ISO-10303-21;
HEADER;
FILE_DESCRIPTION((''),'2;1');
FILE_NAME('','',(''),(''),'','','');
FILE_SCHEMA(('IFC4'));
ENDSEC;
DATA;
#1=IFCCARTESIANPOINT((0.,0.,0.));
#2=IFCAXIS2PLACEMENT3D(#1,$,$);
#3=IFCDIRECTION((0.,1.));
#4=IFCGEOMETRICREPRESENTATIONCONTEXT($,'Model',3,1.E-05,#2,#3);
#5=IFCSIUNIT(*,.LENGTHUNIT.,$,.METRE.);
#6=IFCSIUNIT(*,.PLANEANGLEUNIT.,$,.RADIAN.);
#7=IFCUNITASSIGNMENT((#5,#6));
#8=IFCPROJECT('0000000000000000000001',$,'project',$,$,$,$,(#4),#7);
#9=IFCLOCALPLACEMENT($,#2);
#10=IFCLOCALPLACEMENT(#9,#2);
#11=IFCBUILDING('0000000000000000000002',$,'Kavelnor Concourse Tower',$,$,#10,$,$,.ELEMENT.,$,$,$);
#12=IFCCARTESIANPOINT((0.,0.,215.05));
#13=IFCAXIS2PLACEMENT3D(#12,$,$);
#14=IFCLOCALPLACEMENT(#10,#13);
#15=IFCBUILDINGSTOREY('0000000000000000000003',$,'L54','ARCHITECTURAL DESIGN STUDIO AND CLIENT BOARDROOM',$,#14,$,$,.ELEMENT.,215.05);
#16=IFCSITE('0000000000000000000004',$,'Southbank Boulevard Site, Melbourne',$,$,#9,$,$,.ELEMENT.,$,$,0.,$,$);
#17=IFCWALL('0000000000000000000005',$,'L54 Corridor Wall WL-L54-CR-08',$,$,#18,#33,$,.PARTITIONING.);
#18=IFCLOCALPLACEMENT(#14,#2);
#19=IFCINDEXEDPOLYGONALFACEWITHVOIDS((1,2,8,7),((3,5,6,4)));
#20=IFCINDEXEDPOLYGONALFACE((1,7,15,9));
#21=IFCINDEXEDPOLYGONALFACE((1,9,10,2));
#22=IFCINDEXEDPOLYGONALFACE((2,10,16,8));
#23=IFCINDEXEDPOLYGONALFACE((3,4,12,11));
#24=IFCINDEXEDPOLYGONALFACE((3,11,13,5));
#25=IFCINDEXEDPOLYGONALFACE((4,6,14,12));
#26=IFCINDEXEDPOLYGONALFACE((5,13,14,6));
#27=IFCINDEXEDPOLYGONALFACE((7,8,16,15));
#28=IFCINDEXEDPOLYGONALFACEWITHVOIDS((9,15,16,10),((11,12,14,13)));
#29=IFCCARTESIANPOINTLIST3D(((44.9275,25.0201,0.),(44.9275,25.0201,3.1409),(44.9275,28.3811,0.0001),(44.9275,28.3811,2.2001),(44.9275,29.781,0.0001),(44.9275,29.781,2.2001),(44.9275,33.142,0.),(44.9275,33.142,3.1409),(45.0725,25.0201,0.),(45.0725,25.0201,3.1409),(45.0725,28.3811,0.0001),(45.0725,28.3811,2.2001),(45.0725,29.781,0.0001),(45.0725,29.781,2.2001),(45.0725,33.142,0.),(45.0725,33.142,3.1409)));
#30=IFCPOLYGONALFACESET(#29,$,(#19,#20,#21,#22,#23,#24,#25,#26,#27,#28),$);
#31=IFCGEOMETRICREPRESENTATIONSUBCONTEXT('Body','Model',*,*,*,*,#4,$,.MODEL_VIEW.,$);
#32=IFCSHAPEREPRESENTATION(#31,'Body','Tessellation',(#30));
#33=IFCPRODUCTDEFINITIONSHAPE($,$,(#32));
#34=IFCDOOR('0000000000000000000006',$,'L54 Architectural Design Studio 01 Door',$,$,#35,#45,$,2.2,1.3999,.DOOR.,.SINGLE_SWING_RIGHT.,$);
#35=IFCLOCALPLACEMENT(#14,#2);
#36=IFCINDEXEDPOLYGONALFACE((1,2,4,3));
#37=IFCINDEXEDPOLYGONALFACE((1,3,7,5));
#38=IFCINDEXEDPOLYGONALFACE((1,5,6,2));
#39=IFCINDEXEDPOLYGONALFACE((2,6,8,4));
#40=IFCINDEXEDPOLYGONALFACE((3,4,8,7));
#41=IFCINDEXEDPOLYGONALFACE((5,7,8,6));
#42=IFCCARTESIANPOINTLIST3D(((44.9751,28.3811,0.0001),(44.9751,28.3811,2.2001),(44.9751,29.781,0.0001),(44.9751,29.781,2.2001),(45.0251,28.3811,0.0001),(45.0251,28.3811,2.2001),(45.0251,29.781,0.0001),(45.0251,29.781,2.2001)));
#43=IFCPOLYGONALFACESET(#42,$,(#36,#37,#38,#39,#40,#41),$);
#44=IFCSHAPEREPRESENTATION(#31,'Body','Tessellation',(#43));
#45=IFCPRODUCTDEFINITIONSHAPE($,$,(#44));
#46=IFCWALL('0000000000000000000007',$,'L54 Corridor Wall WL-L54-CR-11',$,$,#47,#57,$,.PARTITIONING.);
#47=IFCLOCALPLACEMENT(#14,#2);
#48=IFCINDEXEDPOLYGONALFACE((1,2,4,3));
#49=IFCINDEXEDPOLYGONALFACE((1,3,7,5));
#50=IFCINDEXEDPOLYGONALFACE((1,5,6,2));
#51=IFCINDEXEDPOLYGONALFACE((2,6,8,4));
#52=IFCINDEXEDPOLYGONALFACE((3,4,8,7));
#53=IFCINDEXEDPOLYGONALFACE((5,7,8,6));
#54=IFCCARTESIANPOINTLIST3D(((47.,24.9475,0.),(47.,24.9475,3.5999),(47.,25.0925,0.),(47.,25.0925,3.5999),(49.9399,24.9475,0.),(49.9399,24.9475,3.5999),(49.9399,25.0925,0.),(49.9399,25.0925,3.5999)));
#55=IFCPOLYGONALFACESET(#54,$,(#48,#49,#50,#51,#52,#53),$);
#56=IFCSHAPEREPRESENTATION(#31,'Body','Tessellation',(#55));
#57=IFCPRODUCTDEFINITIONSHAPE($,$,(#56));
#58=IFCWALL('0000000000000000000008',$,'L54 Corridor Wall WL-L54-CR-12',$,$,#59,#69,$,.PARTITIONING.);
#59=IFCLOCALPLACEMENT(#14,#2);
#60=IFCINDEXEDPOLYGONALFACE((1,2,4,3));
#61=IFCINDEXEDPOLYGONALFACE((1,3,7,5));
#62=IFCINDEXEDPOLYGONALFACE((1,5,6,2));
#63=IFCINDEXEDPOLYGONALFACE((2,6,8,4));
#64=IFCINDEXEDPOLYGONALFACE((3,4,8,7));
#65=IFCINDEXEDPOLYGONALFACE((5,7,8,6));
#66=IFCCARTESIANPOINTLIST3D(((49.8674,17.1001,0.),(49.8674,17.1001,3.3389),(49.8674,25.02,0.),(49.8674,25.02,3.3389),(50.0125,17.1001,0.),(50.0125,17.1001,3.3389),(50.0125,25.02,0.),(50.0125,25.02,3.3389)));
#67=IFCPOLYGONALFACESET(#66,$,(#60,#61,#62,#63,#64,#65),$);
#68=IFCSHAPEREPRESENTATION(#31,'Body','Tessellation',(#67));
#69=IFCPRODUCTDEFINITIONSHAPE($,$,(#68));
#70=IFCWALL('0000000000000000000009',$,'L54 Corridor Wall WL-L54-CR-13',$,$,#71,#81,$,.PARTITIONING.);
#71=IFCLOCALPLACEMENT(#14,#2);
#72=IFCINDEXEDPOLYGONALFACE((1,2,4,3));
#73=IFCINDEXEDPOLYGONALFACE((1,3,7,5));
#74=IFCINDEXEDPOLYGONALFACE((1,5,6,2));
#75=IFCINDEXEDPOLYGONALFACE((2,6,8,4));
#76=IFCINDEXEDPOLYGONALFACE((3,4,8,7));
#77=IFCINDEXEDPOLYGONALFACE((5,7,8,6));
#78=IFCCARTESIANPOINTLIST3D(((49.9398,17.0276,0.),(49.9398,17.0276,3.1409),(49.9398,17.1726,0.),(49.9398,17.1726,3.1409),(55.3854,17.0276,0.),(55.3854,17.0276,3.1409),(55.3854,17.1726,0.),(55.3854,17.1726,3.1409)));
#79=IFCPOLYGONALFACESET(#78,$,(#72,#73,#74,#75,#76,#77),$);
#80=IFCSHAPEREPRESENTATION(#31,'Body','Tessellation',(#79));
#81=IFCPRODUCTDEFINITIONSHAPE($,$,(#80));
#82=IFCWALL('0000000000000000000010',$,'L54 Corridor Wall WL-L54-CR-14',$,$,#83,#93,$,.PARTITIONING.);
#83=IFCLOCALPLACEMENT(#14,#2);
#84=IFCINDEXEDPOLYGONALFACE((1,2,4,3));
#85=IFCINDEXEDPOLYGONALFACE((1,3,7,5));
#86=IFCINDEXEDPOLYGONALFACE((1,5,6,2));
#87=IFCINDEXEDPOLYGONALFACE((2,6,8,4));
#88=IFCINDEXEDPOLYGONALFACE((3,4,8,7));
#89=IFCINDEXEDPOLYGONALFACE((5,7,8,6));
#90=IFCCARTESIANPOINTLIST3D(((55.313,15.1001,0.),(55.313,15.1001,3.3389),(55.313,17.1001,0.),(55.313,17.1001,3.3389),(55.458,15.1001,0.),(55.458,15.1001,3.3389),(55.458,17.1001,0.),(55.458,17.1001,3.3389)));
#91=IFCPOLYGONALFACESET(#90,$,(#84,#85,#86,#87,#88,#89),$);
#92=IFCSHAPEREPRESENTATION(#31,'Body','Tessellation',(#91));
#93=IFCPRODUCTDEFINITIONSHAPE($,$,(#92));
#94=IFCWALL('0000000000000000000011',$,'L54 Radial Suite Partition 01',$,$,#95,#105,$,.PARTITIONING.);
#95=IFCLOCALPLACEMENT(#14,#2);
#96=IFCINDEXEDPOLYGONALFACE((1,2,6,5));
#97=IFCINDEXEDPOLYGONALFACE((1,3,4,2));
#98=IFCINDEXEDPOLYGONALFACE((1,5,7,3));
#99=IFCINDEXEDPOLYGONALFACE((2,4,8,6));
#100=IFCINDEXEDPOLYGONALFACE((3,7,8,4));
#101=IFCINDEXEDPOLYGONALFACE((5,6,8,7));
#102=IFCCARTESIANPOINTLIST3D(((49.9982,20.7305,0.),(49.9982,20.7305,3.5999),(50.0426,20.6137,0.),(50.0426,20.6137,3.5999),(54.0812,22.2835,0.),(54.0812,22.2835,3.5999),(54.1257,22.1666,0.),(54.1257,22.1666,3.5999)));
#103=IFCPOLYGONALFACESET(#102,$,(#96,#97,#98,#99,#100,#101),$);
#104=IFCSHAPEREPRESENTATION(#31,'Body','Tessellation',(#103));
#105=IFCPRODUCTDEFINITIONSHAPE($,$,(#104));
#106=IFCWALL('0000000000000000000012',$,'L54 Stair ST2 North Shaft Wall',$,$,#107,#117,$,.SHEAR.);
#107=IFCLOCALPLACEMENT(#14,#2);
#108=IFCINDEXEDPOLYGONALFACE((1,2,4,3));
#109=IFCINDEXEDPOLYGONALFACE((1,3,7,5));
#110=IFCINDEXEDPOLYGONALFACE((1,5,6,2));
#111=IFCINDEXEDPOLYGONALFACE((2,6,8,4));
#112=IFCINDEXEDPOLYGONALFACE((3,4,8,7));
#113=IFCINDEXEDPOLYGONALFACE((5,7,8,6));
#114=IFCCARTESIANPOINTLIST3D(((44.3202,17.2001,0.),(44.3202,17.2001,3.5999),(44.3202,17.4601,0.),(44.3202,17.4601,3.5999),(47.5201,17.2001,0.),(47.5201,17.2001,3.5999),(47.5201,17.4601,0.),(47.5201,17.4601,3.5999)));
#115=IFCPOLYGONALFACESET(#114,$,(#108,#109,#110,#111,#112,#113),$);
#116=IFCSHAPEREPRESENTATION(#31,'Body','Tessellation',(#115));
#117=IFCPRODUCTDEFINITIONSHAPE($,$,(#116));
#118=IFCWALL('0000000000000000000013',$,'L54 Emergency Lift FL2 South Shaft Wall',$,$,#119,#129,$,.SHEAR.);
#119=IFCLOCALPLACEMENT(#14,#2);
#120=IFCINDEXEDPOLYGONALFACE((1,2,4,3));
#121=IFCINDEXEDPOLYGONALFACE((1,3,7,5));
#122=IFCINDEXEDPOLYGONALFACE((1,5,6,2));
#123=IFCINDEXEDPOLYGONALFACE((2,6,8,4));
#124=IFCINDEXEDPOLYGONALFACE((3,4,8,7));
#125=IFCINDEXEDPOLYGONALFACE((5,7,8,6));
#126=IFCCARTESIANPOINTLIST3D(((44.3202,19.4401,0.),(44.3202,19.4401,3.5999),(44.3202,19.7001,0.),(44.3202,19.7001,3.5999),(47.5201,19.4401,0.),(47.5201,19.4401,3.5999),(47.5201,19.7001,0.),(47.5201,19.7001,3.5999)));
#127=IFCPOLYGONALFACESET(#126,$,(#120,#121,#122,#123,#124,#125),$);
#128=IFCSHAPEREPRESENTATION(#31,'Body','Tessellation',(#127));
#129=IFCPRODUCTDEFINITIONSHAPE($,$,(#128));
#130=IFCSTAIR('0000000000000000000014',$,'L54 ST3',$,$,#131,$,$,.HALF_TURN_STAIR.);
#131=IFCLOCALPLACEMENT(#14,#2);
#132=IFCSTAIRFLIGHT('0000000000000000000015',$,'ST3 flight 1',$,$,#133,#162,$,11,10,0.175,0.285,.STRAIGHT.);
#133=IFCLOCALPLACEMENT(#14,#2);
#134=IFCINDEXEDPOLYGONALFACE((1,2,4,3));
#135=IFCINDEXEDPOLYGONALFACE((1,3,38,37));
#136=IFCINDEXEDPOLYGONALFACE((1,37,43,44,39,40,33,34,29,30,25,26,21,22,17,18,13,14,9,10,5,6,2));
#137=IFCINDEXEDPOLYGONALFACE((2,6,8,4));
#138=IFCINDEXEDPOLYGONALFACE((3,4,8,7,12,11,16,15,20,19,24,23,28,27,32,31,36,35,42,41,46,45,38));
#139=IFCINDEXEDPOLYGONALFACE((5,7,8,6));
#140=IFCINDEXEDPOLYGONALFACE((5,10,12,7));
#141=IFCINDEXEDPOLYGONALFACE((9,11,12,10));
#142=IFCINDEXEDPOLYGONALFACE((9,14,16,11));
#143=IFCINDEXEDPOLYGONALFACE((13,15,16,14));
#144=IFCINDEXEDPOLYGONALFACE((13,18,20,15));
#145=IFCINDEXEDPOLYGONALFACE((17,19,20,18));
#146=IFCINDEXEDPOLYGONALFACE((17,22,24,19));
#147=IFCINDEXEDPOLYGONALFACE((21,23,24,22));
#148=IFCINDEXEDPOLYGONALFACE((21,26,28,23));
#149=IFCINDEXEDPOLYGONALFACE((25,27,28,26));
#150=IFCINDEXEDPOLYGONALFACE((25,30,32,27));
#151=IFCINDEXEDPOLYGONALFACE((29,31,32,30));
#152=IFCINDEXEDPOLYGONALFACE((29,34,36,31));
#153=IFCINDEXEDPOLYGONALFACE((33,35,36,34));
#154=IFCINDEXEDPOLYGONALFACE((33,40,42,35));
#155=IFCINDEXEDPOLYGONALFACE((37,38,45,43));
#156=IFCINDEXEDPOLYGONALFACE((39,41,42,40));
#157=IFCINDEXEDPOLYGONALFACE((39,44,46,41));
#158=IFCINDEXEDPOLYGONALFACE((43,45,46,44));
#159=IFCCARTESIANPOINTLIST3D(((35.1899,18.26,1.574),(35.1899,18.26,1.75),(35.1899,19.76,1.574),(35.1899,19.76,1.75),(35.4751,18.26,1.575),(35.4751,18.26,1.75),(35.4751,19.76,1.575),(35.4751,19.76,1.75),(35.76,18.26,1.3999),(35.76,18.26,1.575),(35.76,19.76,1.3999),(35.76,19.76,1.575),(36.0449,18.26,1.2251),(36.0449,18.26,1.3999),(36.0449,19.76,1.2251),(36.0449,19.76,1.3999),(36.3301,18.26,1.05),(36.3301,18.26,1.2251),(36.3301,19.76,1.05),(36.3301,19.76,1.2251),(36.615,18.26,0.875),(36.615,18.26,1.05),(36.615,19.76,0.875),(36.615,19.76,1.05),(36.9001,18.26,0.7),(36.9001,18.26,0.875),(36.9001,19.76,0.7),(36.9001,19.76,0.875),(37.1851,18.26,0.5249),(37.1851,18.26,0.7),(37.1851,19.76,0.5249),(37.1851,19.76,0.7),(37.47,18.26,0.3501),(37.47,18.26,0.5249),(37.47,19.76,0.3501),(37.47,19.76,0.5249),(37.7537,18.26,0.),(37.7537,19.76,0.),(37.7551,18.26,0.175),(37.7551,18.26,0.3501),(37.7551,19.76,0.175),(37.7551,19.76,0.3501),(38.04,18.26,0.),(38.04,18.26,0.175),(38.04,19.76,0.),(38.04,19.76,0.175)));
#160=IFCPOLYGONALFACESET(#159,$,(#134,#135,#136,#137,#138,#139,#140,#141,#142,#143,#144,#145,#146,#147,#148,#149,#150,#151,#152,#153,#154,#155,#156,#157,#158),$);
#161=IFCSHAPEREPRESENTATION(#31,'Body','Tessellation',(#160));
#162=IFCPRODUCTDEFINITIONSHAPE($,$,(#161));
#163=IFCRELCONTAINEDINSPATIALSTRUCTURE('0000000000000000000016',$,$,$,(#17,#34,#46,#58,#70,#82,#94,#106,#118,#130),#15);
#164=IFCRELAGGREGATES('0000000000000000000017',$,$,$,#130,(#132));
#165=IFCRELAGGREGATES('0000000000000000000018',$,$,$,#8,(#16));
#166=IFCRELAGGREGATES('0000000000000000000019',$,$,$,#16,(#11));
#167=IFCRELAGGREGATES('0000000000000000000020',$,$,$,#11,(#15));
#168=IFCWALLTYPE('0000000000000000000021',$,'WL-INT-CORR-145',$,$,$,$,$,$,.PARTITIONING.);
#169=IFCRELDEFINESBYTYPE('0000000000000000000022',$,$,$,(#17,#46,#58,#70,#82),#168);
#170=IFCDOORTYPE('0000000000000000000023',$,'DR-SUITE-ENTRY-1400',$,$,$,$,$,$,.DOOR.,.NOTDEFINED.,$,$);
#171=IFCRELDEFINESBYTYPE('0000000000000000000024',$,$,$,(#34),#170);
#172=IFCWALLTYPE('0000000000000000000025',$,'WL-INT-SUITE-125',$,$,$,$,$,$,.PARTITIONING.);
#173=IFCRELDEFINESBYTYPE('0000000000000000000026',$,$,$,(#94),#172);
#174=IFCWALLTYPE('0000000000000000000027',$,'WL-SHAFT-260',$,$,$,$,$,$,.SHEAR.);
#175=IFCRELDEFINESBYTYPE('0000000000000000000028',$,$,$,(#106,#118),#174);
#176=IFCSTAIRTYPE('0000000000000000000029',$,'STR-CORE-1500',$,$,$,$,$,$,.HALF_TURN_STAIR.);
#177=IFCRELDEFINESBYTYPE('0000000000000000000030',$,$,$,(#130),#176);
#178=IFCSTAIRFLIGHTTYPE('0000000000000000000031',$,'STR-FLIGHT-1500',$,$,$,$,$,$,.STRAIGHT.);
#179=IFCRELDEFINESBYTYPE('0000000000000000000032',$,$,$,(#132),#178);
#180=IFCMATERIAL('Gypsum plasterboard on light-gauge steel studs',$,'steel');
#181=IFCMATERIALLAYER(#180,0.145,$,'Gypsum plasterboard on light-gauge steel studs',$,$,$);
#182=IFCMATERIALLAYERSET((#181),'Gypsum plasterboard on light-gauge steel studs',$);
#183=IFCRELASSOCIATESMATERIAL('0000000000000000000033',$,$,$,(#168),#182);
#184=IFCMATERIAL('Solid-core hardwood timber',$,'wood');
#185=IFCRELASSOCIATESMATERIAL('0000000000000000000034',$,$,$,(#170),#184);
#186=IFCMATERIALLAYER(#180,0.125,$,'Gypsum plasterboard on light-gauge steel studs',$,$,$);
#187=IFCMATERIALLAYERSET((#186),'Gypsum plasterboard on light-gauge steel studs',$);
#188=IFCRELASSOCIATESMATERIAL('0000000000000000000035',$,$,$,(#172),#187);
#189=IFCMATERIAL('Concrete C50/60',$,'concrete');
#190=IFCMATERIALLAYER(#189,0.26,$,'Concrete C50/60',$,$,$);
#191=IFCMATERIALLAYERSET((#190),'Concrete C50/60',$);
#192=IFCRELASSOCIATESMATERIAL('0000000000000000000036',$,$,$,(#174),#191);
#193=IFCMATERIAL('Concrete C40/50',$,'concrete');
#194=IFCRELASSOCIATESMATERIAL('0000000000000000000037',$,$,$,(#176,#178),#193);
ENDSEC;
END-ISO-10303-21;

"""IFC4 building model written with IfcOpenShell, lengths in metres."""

from ifc_helpers import new_model, si_unit, direction, frame, frame_2d, origin, place, context, subcontext, project, spatial, polyline, rectangle, outline, extrude, material, layer, layer_set, type_object, element, fill, aggregate, save


model = new_model("IFC4")

# Units and contexts
model_context = context("Model", 3, precision=1e-05, world=origin(), true_north=direction((0.0, 1.0)))
body_context = subcontext(model_context, "Body", "Model", "MODEL_VIEW")
ifc_project = project(units=[si_unit("LENGTHUNIT", "METRE"), si_unit("PLANEANGLEUNIT", "RADIAN")], contexts=[model_context])

# Site, building, storey
site_placement = place(None, origin())
site = spatial("IfcSite", under=ifc_project, at=site_placement, Name="Southbank Boulevard Site, Melbourne", CompositionType="ELEMENT", RefElevation=0.0)
building_placement = place(site_placement, origin())
building = spatial("IfcBuilding", under=site, at=building_placement, Name="Kavelnor Concourse Tower", CompositionType="ELEMENT")
storey_placement = place(building_placement, frame((0.0, 0.0, 215.05)))
storey = spatial("IfcBuildingStorey", under=building, at=storey_placement, Name="L54", Description="ARCHITECTURAL DESIGN STUDIO AND CLIENT BOARDROOM", CompositionType="ELEMENT", Elevation=215.05)

# Wall, opening, door
ifc_material_1 = material(Name="Gypsum plasterboard on light-gauge steel studs", Category="steel")
ifc_layer_1 = layer(ifc_material_1, 0.145, Name="Gypsum plasterboard on light-gauge steel studs")
ifc_layer_set_1 = layer_set([ifc_layer_1], Name="Gypsum plasterboard on light-gauge steel studs")
wall_type_1 = type_object("IfcWallType", Name="WL-INT-CORR-145", PredefinedType="PARTITIONING", material=ifc_layer_set_1)
wall_1_placement = place(storey_placement, frame((45.0, 25.02, 0.0), z_axis=(0.0, 0.0, 1.0), x_axis=(0.0, 1.0, 0.0)))
wall_1 = element("IfcWall", 1, at=wall_1_placement, inside=storey, type_object=wall_type_1, Name="L54 Corridor Wall WL-L54-CR-08", PredefinedType="PARTITIONING", context=body_context, shape_type="SweptSolid", body=[
    extrude(rectangle(XDim=8.1218, YDim=0.145, at=frame_2d((4.061, 0.0))), origin(), (0.0, 0.0, 1.0), 3.1409),
])
opening_placement = place(wall_1_placement, frame((3.3611, 0.0, 0.0)))
opening = element("IfcOpeningElement", 2, at=opening_placement, cuts=wall_1, PredefinedType="OPENING", context=body_context, shape_type="SweptSolid", body=[
    extrude(rectangle(XDim=1.3999, YDim=2.2, at=frame_2d((0.7, 1.1001))), frame((0.0, 0.0825, 0.0), z_axis=(0.0, -1.0, 0.0), x_axis=(1.0, 0.0, 0.0)), (0.0, 0.0, 1.0), 0.165),
])
ifc_material_2 = material(Name="Solid-core hardwood timber", Category="wood")
door_type = type_object("IfcDoorType", Name="DR-SUITE-ENTRY-1400", OperationType="NOTDEFINED", PredefinedType="DOOR", material=ifc_material_2)
door_placement = place(opening_placement, origin())
door = element("IfcDoor", 3, at=door_placement, inside=storey, type_object=door_type, Name="L54 Architectural Design Studio 01 Door", OperationType="SINGLE_SWING_RIGHT", OverallHeight=2.2, OverallWidth=1.3999, PredefinedType="DOOR", context=body_context, shape_type="SweptSolid", body=[
    extrude(rectangle(XDim=1.3999, YDim=2.2, at=frame_2d((0.7, 1.1001))), frame((0.0, 0.0249, 0.0), z_axis=(0.0, -1.0, 0.0), x_axis=(1.0, 0.0, 0.0)), (0.0, 0.0, 1.0), 0.05),
])
fill(opening, door)

# Walls
wall_2_placement = place(storey_placement, frame((47.0, 25.02, 0.0), z_axis=(0.0, 0.0, 1.0), x_axis=(1.0, 0.0, 0.0)))
element("IfcWall", 4, at=wall_2_placement, inside=storey, type_object=wall_type_1, Name="L54 Corridor Wall WL-L54-CR-11", PredefinedType="PARTITIONING", context=body_context, shape_type="SweptSolid", body=[
    extrude(rectangle(XDim=2.9399, YDim=0.145, at=frame_2d((1.47, 0.0))), origin(), (0.0, 0.0, 1.0), 3.5999),
])
wall_3_placement = place(storey_placement, frame((49.9399, 25.02, 0.0), z_axis=(0.0, 0.0, 1.0), x_axis=(0.0, -1.0, 0.0)))
element("IfcWall", 5, at=wall_3_placement, inside=storey, type_object=wall_type_1, Name="L54 Corridor Wall WL-L54-CR-12", PredefinedType="PARTITIONING", context=body_context, shape_type="SweptSolid", body=[
    extrude(rectangle(XDim=7.9199, YDim=0.145, at=frame_2d((3.96, 0.0))), origin(), (0.0, 0.0, 1.0), 3.3389),
])
wall_4_placement = place(storey_placement, frame((49.9399, 17.1001, 0.0), z_axis=(0.0, 0.0, 1.0), x_axis=(1.0, 0.0, 0.0)))
element("IfcWall", 6, at=wall_4_placement, inside=storey, type_object=wall_type_1, Name="L54 Corridor Wall WL-L54-CR-13", PredefinedType="PARTITIONING", context=body_context, shape_type="SweptSolid", body=[
    extrude(rectangle(XDim=5.4456, YDim=0.145, at=frame_2d((2.7227, 0.0))), origin(), (0.0, 0.0, 1.0), 3.1409),
])
wall_5_placement = place(storey_placement, frame((55.3855, 17.1001, 0.0), z_axis=(0.0, 0.0, 1.0), x_axis=(0.0, -1.0, 0.0)))
element("IfcWall", 7, at=wall_5_placement, inside=storey, type_object=wall_type_1, Name="L54 Corridor Wall WL-L54-CR-14", PredefinedType="PARTITIONING", context=body_context, shape_type="SweptSolid", body=[
    extrude(rectangle(XDim=2.0, YDim=0.145, at=frame_2d((1.0, 0.0))), origin(), (0.0, 0.0, 1.0), 3.3389),
])
ifc_layer_2 = layer(ifc_material_1, 0.125, Name="Gypsum plasterboard on light-gauge steel studs")
ifc_layer_set_2 = layer_set([ifc_layer_2], Name="Gypsum plasterboard on light-gauge steel studs")
wall_type_2 = type_object("IfcWallType", Name="WL-INT-SUITE-125", PredefinedType="PARTITIONING", material=ifc_layer_set_2)
wall_6_placement = place(storey_placement, frame((50.0205, 20.6721, 0.0), z_axis=(0.0, 0.0, 1.0), x_axis=(0.934674, 0.355505, 0.0)))
element("IfcWall", 8, at=wall_6_placement, inside=storey, type_object=wall_type_2, Name="L54 Radial Suite Partition 01", PredefinedType="PARTITIONING", context=body_context, shape_type="SweptSolid", body=[
    extrude(rectangle(XDim=4.3684, YDim=0.125, at=frame_2d((2.1841, 0.0))), origin(), (0.0, 0.0, 1.0), 3.5999),
])
ifc_material_3 = material(Name="Concrete C50/60", Category="concrete")
ifc_layer_3 = layer(ifc_material_3, 0.26, Name="Concrete C50/60")
ifc_layer_set_3 = layer_set([ifc_layer_3], Name="Concrete C50/60")
wall_type_3 = type_object("IfcWallType", Name="WL-SHAFT-260", PredefinedType="SHEAR", material=ifc_layer_set_3)
for number, where, z_axis, x_axis, name in (
    (9, (44.3201, 17.3301, 0.0), (0.0, 0.0, 1.0), (1.0, 0.0, 0.0), "L54 Stair ST2 North Shaft Wall"),
    (10, (44.3201, 19.5701, 0.0), (0.0, 0.0, 1.0), (1.0, 0.0, 0.0), "L54 Emergency Lift FL2 South Shaft Wall"),
):
    element("IfcWall", number, at=place(storey_placement, frame(where, z_axis=z_axis, x_axis=x_axis)), inside=storey, type_object=wall_type_3, Name=name, PredefinedType="SHEAR", context=body_context, shape_type="SweptSolid", body=[
        extrude(rectangle(XDim=3.2, YDim=0.26, at=frame_2d((1.6001, 0.0))), origin(), (0.0, 0.0, 1.0), 3.5999),
    ])

# Stair, stair flight
ifc_material_4 = material(Name="Concrete C40/50", Category="concrete")
stair_type = type_object("IfcStairType", Name="STR-CORE-1500", PredefinedType="HALF_TURN_STAIR", material=ifc_material_4)
stair_placement = place(storey_placement, origin())
stair = element("IfcStair", 11, at=stair_placement, inside=storey, type_object=stair_type, Name="L54 ST3", PredefinedType="HALF_TURN_STAIR")
stair_flight_type = type_object("IfcStairFlightType", Name="STR-FLIGHT-1500", PredefinedType="STRAIGHT", material=ifc_material_4)
stair_flight_placement = place(storey_placement, frame((38.04, 19.01, 0.0), z_axis=(0.0, 0.0, 1.0), x_axis=(-1.0, 0.0, 0.0)))
stair_flight = element("IfcStairFlight", 12, at=stair_flight_placement, type_object=stair_flight_type, Name="ST3 flight 1", NumberOfRisers=11, NumberOfTreads=10, PredefinedType="STRAIGHT", RiserHeight=0.175, TreadLength=0.285, context=body_context, shape_type="SweptSolid", body=[
    extrude(outline(polyline([(0.0, 0.0), (0.0, 0.175), (0.2849, 0.175), (0.2849, 0.3501), (0.5701, 0.3501), (0.5701, 0.5249), (0.855, 0.5249), (0.855, 0.7), (1.1399, 0.7), (1.1399, 0.875), (1.425, 0.875), (1.425, 1.05), (1.71, 1.05), (1.71, 1.2251), (1.9951, 1.2251), (1.9951, 1.3999), (2.28, 1.3999), (2.28, 1.575), (2.5649, 1.575), (2.5649, 1.75), (2.8501, 1.75), (2.8501, 1.925), (2.8501, 1.574), (0.2864, 0.0), (0.0, 0.0)])), frame((0.0, 0.75, 0.0), z_axis=(0.0, -1.0, 0.0), x_axis=(1.0, 0.0, 0.0)), (0.0, 0.0, 1.0), 1.5),
])
aggregate(stair, [stair_flight])

save(model, "model.ifc")
